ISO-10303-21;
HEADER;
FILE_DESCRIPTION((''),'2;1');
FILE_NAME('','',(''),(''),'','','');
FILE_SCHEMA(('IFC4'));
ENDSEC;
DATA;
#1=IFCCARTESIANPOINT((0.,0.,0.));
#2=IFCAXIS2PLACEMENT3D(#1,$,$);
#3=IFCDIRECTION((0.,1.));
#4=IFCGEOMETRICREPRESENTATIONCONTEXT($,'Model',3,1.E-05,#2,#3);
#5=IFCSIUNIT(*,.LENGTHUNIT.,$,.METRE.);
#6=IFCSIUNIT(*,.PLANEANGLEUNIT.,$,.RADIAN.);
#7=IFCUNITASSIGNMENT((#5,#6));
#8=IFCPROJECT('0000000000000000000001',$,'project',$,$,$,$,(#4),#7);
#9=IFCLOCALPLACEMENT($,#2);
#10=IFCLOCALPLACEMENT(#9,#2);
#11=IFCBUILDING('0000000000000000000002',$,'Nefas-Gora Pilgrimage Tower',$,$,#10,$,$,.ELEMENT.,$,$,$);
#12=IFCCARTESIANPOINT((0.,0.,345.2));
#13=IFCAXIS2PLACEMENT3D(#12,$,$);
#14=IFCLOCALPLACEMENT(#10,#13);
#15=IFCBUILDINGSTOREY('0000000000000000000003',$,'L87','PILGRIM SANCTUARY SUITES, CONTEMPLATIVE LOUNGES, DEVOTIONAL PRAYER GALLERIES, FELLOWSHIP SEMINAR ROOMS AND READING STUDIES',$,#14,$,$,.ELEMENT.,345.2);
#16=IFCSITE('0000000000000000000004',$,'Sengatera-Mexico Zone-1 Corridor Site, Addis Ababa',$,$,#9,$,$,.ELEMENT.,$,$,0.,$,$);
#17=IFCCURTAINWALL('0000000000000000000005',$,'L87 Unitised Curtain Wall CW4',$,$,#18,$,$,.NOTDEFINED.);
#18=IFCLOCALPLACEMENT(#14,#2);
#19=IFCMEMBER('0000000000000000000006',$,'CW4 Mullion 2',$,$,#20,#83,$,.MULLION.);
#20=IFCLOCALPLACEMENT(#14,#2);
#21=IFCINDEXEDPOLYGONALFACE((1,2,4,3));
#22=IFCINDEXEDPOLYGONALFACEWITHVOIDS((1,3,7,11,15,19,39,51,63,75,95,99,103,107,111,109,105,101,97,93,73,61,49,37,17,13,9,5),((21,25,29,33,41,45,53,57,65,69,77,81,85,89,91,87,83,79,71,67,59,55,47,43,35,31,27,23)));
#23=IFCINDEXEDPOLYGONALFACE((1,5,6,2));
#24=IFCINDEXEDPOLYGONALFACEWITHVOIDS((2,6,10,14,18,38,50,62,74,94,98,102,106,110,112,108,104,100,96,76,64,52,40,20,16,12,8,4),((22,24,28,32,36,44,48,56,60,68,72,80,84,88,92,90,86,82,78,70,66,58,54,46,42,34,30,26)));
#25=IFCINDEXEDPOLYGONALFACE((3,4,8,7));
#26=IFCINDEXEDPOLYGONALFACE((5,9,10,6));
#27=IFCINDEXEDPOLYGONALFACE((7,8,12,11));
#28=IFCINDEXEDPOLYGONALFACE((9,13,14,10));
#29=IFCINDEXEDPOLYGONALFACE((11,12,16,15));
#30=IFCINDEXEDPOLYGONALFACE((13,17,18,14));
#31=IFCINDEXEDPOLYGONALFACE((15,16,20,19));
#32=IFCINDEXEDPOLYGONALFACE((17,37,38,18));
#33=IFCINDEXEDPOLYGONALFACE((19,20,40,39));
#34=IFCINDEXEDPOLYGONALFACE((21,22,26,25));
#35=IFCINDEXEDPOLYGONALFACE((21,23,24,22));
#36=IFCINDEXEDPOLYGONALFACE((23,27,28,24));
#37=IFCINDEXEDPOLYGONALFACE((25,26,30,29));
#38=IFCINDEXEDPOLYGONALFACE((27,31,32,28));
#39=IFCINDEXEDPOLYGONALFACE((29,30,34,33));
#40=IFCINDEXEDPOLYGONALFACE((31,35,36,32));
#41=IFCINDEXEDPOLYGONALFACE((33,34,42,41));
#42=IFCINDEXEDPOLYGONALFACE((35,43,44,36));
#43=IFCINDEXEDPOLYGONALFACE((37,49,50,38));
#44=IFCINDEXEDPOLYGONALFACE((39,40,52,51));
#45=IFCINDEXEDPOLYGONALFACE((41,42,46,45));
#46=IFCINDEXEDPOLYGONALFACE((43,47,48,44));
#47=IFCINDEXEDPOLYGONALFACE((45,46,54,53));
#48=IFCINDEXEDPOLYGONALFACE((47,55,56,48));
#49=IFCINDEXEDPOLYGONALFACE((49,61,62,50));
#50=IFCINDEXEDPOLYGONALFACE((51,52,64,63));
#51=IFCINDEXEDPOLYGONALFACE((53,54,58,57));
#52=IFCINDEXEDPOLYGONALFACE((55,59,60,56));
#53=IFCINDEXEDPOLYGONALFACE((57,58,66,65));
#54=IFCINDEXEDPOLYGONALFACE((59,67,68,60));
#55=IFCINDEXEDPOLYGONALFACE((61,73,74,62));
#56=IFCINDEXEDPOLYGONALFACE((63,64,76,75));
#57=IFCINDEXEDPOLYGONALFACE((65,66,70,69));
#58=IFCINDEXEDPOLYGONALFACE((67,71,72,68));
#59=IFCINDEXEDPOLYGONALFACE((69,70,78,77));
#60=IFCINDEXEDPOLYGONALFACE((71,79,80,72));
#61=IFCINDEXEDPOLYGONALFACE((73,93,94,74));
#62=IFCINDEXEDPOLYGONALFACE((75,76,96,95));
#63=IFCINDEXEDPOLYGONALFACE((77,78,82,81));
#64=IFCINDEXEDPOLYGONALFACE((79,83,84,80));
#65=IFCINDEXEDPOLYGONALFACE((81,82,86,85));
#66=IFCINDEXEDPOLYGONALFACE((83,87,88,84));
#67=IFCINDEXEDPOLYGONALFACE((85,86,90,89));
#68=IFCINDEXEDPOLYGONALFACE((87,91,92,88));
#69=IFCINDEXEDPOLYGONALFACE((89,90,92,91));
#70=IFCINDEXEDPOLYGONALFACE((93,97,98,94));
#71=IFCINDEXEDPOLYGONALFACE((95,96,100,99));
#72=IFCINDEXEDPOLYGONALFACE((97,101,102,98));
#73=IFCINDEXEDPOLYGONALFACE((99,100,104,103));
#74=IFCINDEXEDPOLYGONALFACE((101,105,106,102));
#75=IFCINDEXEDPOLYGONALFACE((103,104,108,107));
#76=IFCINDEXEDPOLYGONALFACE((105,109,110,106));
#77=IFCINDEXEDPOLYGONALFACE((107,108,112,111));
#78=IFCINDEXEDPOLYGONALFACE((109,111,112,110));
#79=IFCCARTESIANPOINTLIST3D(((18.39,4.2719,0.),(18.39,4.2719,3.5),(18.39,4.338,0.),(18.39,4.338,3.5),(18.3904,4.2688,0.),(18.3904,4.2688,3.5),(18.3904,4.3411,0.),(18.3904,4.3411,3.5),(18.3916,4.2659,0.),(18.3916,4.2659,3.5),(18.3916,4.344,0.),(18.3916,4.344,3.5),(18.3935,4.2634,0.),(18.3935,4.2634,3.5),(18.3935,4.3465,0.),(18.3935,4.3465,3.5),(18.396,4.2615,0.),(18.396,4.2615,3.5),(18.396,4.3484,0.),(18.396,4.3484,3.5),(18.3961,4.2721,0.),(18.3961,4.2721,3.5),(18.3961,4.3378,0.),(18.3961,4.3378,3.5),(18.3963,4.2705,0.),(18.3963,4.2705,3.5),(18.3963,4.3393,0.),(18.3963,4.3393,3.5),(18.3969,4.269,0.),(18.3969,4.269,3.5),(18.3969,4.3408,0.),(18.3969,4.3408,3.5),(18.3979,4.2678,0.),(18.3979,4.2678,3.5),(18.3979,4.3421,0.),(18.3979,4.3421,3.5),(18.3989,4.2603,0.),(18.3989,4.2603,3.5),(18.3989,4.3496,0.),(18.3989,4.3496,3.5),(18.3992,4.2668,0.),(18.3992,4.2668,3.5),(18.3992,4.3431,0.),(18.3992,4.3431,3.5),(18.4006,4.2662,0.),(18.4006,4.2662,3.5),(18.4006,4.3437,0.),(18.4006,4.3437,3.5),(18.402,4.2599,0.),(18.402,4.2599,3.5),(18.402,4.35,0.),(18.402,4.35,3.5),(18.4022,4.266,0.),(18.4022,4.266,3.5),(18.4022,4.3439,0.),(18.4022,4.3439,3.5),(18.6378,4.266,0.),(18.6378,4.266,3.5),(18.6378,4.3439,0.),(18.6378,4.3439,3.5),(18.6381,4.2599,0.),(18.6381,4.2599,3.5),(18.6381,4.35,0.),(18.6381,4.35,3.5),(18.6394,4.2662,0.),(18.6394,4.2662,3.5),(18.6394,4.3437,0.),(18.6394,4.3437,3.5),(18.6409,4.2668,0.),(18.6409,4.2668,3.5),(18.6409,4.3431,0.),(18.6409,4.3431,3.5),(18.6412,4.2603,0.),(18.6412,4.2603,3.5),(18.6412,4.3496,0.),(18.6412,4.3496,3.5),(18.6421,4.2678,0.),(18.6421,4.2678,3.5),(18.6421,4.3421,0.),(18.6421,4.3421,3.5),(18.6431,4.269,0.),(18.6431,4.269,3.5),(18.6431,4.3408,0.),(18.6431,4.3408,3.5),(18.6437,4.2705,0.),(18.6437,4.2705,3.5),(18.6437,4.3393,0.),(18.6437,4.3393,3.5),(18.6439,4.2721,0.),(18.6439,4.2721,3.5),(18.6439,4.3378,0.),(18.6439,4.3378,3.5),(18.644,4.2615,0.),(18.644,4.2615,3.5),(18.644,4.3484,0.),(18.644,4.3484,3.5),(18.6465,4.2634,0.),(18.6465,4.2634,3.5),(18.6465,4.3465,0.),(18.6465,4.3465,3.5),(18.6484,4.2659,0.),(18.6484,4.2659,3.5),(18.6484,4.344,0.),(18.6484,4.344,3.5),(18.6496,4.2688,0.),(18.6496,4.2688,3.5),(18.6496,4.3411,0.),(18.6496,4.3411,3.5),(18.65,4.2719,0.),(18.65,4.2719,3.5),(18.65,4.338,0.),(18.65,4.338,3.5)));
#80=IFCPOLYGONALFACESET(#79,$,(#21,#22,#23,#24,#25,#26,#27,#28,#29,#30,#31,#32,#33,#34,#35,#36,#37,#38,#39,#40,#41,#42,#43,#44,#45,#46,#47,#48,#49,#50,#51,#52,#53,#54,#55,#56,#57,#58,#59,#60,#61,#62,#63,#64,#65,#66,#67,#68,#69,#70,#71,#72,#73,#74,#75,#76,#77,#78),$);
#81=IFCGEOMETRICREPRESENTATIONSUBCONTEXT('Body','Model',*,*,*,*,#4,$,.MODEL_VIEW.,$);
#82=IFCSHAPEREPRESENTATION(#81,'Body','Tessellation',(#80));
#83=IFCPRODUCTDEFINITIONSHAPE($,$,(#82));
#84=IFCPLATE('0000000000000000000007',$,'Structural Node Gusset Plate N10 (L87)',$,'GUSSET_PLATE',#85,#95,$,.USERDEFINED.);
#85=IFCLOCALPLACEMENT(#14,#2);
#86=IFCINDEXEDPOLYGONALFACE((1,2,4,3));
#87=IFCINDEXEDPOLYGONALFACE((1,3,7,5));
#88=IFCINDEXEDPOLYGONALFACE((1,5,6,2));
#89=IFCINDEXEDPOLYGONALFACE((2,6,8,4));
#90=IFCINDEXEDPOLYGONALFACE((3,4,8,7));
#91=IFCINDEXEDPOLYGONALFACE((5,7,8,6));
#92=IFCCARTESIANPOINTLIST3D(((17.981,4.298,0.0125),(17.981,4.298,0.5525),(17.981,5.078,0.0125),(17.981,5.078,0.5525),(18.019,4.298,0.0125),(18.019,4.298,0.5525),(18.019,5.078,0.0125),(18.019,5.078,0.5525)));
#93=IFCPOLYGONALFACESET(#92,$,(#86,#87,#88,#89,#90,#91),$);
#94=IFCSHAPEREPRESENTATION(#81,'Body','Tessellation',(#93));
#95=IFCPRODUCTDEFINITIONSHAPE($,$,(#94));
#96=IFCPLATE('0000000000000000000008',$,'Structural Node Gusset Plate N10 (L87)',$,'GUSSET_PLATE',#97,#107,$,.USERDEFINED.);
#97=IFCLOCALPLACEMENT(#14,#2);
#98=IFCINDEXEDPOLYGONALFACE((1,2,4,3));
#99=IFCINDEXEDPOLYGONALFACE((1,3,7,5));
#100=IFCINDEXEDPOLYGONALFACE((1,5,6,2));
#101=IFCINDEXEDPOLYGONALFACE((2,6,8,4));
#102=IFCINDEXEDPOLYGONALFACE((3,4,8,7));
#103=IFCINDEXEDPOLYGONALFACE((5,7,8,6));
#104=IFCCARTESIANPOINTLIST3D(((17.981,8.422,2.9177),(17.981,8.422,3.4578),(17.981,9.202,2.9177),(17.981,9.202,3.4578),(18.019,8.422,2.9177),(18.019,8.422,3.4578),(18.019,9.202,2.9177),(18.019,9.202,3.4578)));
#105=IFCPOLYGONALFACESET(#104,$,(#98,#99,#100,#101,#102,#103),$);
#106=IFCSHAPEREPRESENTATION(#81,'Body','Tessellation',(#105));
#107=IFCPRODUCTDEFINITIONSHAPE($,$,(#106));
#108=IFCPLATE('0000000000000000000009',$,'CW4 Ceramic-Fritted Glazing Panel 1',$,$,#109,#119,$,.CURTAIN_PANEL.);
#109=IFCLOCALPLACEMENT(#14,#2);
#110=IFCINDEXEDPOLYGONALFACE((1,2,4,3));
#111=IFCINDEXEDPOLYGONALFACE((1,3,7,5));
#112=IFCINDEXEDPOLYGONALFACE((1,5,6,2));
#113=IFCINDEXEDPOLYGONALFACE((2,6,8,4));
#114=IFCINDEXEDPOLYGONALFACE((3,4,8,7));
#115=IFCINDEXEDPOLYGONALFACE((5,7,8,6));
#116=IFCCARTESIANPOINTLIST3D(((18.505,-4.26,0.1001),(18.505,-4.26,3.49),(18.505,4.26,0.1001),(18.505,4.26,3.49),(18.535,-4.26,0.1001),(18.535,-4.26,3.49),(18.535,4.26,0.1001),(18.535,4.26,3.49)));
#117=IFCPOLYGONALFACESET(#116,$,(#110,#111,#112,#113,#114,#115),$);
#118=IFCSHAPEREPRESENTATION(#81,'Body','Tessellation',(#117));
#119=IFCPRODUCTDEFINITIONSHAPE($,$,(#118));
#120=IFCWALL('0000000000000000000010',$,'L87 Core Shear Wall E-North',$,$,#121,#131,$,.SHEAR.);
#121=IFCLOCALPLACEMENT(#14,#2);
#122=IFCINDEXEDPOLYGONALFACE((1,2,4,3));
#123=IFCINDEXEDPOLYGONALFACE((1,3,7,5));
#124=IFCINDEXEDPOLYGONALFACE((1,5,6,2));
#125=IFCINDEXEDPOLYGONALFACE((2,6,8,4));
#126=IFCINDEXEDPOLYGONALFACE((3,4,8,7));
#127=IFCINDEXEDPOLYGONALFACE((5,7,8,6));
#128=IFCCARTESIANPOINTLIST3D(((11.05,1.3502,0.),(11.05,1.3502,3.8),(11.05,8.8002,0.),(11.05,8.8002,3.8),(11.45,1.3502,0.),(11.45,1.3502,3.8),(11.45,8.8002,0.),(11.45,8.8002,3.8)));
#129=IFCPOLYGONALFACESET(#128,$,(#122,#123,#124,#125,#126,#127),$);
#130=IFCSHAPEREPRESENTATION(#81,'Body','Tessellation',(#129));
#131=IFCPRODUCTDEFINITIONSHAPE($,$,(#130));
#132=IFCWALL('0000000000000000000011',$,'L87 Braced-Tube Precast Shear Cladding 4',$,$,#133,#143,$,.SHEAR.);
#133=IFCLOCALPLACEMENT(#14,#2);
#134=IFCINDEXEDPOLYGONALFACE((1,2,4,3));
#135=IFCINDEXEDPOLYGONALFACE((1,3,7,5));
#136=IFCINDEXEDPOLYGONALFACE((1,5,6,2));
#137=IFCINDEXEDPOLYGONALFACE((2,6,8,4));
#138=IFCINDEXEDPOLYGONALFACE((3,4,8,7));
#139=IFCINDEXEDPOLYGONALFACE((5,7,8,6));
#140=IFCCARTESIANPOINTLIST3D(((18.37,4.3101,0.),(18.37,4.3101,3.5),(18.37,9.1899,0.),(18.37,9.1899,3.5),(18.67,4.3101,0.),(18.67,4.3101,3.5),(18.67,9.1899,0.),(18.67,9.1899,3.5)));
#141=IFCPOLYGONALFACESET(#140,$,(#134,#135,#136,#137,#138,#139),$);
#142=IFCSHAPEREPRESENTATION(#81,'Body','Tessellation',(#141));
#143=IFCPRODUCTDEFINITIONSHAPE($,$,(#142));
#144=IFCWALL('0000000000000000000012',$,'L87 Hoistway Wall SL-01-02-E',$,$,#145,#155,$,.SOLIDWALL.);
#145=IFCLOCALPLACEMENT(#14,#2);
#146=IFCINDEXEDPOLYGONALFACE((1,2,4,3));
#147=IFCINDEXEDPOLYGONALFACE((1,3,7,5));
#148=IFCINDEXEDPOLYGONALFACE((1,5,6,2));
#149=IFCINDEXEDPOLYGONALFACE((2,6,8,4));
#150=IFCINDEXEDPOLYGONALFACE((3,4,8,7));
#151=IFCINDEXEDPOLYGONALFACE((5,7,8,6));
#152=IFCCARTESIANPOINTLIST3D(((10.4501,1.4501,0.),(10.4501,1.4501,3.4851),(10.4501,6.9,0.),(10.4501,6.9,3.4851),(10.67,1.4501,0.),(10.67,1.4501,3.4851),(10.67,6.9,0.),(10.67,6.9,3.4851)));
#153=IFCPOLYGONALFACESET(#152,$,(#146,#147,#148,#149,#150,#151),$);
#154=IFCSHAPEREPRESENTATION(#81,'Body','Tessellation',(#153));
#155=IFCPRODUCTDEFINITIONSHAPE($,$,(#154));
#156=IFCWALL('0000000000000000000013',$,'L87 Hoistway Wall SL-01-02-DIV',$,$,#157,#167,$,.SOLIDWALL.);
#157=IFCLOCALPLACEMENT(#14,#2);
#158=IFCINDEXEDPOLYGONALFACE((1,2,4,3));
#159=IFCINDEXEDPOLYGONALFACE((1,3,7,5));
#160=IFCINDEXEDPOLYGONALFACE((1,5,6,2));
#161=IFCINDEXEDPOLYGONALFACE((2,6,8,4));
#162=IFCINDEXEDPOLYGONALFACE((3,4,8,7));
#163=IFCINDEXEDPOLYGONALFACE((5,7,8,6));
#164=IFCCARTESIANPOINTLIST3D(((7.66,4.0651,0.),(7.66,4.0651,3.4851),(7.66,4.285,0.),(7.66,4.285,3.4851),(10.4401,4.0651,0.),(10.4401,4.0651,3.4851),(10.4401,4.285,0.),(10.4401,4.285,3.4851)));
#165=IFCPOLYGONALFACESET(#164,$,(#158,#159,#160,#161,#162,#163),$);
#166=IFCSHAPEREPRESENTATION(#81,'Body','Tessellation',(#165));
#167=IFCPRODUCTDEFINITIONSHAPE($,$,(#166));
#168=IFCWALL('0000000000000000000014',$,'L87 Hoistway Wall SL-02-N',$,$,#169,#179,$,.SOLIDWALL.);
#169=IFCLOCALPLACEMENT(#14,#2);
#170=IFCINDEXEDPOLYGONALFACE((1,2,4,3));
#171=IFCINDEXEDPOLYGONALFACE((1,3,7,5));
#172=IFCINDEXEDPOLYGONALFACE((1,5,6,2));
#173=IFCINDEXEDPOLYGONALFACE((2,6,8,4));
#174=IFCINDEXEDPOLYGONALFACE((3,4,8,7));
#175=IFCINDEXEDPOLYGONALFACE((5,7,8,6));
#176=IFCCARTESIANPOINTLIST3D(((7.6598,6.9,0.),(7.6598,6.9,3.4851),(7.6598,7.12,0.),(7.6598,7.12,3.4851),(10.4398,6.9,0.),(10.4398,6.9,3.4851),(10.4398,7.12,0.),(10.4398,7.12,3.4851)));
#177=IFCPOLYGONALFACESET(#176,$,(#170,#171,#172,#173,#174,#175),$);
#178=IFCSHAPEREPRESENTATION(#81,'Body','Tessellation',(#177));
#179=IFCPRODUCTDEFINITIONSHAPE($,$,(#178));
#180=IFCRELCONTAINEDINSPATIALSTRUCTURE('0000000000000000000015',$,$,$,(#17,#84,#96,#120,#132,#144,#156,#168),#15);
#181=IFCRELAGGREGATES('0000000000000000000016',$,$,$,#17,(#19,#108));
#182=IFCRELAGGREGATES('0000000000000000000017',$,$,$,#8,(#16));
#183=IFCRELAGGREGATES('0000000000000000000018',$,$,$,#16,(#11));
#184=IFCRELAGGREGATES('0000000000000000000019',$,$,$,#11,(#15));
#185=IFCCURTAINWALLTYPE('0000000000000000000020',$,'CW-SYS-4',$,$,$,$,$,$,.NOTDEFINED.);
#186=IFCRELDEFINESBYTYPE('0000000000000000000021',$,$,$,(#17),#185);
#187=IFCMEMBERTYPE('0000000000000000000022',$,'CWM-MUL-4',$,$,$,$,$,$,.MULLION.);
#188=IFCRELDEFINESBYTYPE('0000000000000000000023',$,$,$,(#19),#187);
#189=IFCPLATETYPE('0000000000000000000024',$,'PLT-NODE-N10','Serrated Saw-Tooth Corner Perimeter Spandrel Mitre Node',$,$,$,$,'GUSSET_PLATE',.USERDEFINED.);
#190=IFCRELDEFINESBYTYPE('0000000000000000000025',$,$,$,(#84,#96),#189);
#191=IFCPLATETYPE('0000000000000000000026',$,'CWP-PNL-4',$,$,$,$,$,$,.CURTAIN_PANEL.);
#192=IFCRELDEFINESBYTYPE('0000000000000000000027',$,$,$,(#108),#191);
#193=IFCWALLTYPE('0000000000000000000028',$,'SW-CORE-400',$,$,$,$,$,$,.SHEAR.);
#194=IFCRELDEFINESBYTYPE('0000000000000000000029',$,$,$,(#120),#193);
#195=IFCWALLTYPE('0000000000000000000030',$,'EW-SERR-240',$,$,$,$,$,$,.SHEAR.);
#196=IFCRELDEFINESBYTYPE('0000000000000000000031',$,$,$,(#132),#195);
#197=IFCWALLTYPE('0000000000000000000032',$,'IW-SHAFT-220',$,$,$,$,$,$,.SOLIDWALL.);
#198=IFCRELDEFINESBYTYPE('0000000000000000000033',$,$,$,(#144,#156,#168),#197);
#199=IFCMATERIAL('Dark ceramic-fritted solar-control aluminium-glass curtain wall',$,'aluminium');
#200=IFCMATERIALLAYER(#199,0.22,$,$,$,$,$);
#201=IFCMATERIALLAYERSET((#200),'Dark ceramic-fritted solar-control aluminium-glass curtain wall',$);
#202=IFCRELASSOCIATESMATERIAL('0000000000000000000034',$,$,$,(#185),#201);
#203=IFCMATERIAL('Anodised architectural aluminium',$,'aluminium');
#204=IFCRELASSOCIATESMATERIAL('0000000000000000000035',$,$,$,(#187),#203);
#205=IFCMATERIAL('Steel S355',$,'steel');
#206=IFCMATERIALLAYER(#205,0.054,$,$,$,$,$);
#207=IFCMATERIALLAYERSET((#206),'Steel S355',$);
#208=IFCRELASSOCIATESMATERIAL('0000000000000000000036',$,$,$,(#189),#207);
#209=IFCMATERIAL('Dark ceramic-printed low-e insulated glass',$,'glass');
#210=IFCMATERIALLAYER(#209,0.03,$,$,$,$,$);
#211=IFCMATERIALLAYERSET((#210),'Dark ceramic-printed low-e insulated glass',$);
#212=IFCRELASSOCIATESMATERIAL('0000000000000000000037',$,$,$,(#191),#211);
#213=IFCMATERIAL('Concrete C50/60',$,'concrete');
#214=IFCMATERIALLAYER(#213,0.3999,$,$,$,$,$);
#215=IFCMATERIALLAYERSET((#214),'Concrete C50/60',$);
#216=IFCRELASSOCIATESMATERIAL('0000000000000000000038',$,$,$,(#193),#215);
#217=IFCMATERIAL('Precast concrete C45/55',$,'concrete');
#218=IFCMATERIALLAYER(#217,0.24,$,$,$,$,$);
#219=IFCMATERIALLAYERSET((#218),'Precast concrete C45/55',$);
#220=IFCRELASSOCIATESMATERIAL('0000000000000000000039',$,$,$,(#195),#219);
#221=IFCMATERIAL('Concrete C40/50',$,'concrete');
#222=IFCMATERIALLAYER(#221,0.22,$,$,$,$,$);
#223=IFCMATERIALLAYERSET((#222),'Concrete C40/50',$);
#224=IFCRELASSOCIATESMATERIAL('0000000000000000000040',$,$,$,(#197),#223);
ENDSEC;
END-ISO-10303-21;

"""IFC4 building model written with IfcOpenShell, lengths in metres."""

from ifc_helpers import new_model, si_unit, direction, frame, frame_2d, origin, origin_2d, place, context, subcontext, project, spatial, rectangle, hollow_rectangle, extrude, source, transform, mapped, material, layer, layer_set, material_profile, profile_set, type_object, element, aggregate, save


model = new_model("IFC4")

# Units and contexts
model_context = context("Model", 3, precision=1e-05, world=origin(), true_north=direction((0.0, 1.0)))
body_context = subcontext(model_context, "Body", "Model", "MODEL_VIEW")
ifc_project = project(units=[si_unit("LENGTHUNIT", "METRE"), si_unit("PLANEANGLEUNIT", "RADIAN")], contexts=[model_context])

# Site, building, storey
site_placement = place(None, origin())
site = spatial("IfcSite", under=ifc_project, at=site_placement, Name="Sengatera-Mexico Zone-1 Corridor Site, Addis Ababa", CompositionType="ELEMENT", RefElevation=0.0)
building_placement = place(site_placement, origin())
building = spatial("IfcBuilding", under=site, at=building_placement, Name="Nefas-Gora Pilgrimage Tower", CompositionType="ELEMENT")
storey_placement = place(building_placement, frame((0.0, 0.0, 345.2)))
storey = spatial("IfcBuildingStorey", under=building, at=storey_placement, Name="L87", Description="PILGRIM SANCTUARY SUITES, CONTEMPLATIVE LOUNGES, DEVOTIONAL PRAYER GALLERIES, FELLOWSHIP SEMINAR ROOMS AND READING STUDIES", CompositionType="ELEMENT", Elevation=345.2)

# Shared definitions
ifc_material_1 = material(Name="Steel S355", Category="steel")

# Curtain wall, member
ifc_material_2 = material(Name="Dark ceramic-fritted solar-control aluminium-glass curtain wall", Category="aluminium")
ifc_layer_1 = layer(ifc_material_2, 0.22)
ifc_layer_set_1 = layer_set([ifc_layer_1], Name="Dark ceramic-fritted solar-control aluminium-glass curtain wall")
curtain_wall_type = type_object("IfcCurtainWallType", Name="CW-SYS-4", PredefinedType="NOTDEFINED", material=ifc_layer_set_1)
curtain_wall_placement = place(storey_placement, origin())
curtain_wall = element("IfcCurtainWall", 1, at=curtain_wall_placement, inside=storey, type_object=curtain_wall_type, Name="L87 Unitised Curtain Wall CW4", PredefinedType="NOTDEFINED")
ifc_material_3 = material(Name="Anodised architectural aluminium", Category="aluminium")
ifc_material_profile_1 = material_profile(ifc_material_3, hollow_rectangle(XDim=0.0901, YDim=0.26, WallThickness=0.0061, InnerFilletRadius=0.0061, OuterFilletRadius=0.012, at=origin_2d()), Name="ALU MULLION 90x260")
ifc_profile_set_1 = profile_set([ifc_material_profile_1], Name="Anodised architectural aluminium")
member_type_1 = type_object("IfcMemberType", Name="CWM-MUL-4", PredefinedType="MULLION", material=ifc_profile_set_1)
shared_shape_1 = source(origin(), body_context, "Body", "SweptSolid", [
    extrude(hollow_rectangle(XDim=0.0901, YDim=0.26, WallThickness=0.0061, InnerFilletRadius=0.0061, OuterFilletRadius=0.012, at=origin_2d()), origin(), (0.0, 0.0, 1.0), 3.5),
])
member_1_placement = place(storey_placement, frame((18.52, 4.3049, 0.0), z_axis=(0.0, 0.0, 1.0), x_axis=(0.0, 1.0, 0.0)))
member_1 = element("IfcMember", 2, at=member_1_placement, type_object=member_type_1, Name="CW4 Mullion 2", PredefinedType="MULLION", context=body_context, shape_type="MappedRepresentation", body=[
    mapped(shared_shape_1, transform((0.0, 0.0, 0.0), x_axis=(1.0, 0.0, 0.0), y_axis=(0.0, 1.0, 0.0), z_axis=(0.0, 0.0, 1.0), scale=1.0)),
])

# Plates
ifc_layer_2 = layer(ifc_material_1, 0.054)
ifc_layer_set_2 = layer_set([ifc_layer_2], Name="Steel S355")
plate_type_1 = type_object("IfcPlateType", Name="PLT-NODE-N10", Description="Serrated Saw-Tooth Corner Perimeter Spandrel Mitre Node", ElementType="GUSSET_PLATE", PredefinedType="USERDEFINED", material=ifc_layer_set_2)
shared_shape_2 = source(origin(), body_context, "Body", "SweptSolid", [
    extrude(rectangle(XDim=0.78, YDim=0.0381, at=origin_2d()), origin(), (0.0, 0.0, 1.0), 0.54),
])
for number, where, z_axis, x_axis, name in (
    (3, (18.0, 4.688, 0.0125), (0.0, 0.0, 1.0), (0.0, 1.0, 0.0), "Structural Node Gusset Plate N10 (L87)"),
    (4, (18.0, 8.812, 2.9177), (0.0, 0.0, 1.0), (0.0, 1.0, 0.0), "Structural Node Gusset Plate N10 (L87)"),
):
    element("IfcPlate", number, at=place(storey_placement, frame(where, z_axis=z_axis, x_axis=x_axis)), inside=storey, type_object=plate_type_1, Name=name, ObjectType="GUSSET_PLATE", PredefinedType="USERDEFINED", context=body_context, shape_type="MappedRepresentation", body=[
        mapped(shared_shape_2, transform((0.0, 0.0, 0.0), x_axis=(1.0, 0.0, 0.0), y_axis=(0.0, 1.0, 0.0), z_axis=(0.0, 0.0, 1.0), scale=1.0)),
    ])

# Plate
ifc_material_4 = material(Name="Dark ceramic-printed low-e insulated glass", Category="glass")
ifc_layer_3 = layer(ifc_material_4, 0.03)
ifc_layer_set_3 = layer_set([ifc_layer_3], Name="Dark ceramic-printed low-e insulated glass")
plate_type_2 = type_object("IfcPlateType", Name="CWP-PNL-4", PredefinedType="CURTAIN_PANEL", material=ifc_layer_set_3)
shared_shape_3 = source(origin(), body_context, "Body", "SweptSolid", [
    extrude(rectangle(XDim=8.52, YDim=0.03, at=origin_2d()), origin(), (0.0, 0.0, 1.0), 3.3899),
])
plate_placement = place(storey_placement, frame((18.52, 0.0, 0.1001), z_axis=(0.0, 0.0, 1.0), x_axis=(0.0, 1.0, 0.0)))
plate = element("IfcPlate", 5, at=plate_placement, type_object=plate_type_2, Name="CW4 Ceramic-Fritted Glazing Panel 1", PredefinedType="CURTAIN_PANEL", context=body_context, shape_type="MappedRepresentation", body=[
    mapped(shared_shape_3, transform((0.0, 0.0, 0.0), x_axis=(1.0, 0.0, 0.0), y_axis=(0.0, 1.0, 0.0), z_axis=(0.0, 0.0, 1.0), scale=1.0)),
])
aggregate(curtain_wall, [member_1, plate])

# Walls
ifc_material_5 = material(Name="Concrete C50/60", Category="concrete")
ifc_layer_4 = layer(ifc_material_5, 0.3999)
ifc_layer_set_4 = layer_set([ifc_layer_4], Name="Concrete C50/60")
wall_type_1 = type_object("IfcWallType", Name="SW-CORE-400", PredefinedType="SHEAR", material=ifc_layer_set_4)
shared_shape_4 = source(origin(), body_context, "Body", "SweptSolid", [
    extrude(rectangle(XDim=7.45, YDim=0.3999, at=frame_2d((3.7251, 0.0))), origin(), (0.0, 0.0, 1.0), 3.8),
])
wall_1_placement = place(storey_placement, frame((11.25, 1.3501, 0.0), z_axis=(0.0, 0.0, 1.0), x_axis=(0.0, 1.0, 0.0)))
element("IfcWall", 6, at=wall_1_placement, inside=storey, type_object=wall_type_1, Name="L87 Core Shear Wall E-North", PredefinedType="SHEAR", context=body_context, shape_type="MappedRepresentation", body=[
    mapped(shared_shape_4, transform((0.0, 0.0, 0.0), x_axis=(1.0, 0.0, 0.0), y_axis=(0.0, 1.0, 0.0), z_axis=(0.0, 0.0, 1.0), scale=1.0)),
])
ifc_material_6 = material(Name="Precast concrete C45/55", Category="concrete")
ifc_layer_5 = layer(ifc_material_6, 0.24)
ifc_layer_set_5 = layer_set([ifc_layer_5], Name="Precast concrete C45/55")
wall_type_2 = type_object("IfcWallType", Name="EW-SERR-240", PredefinedType="SHEAR", material=ifc_layer_set_5)
shared_shape_5 = source(origin(), body_context, "Body", "SweptSolid", [
    extrude(rectangle(XDim=4.8799, YDim=0.3, at=frame_2d((2.4399, 0.0))), origin(), (0.0, 0.0, 1.0), 3.5),
])
wall_2_placement = place(storey_placement, frame((18.52, 4.3101, 0.0), z_axis=(0.0, 0.0, 1.0), x_axis=(0.0, 1.0, 0.0)))
element("IfcWall", 7, at=wall_2_placement, inside=storey, type_object=wall_type_2, Name="L87 Braced-Tube Precast Shear Cladding 4", PredefinedType="SHEAR", context=body_context, shape_type="MappedRepresentation", body=[
    mapped(shared_shape_5, transform((0.0, 0.0, 0.0), x_axis=(1.0, 0.0, 0.0), y_axis=(0.0, 1.0, 0.0), z_axis=(0.0, 0.0, 1.0), scale=1.0)),
])
ifc_material_7 = material(Name="Concrete C40/50", Category="concrete")
ifc_layer_6 = layer(ifc_material_7, 0.22)
ifc_layer_set_6 = layer_set([ifc_layer_6], Name="Concrete C40/50")
wall_type_3 = type_object("IfcWallType", Name="IW-SHAFT-220", PredefinedType="SOLIDWALL", material=ifc_layer_set_6)
shared_shape_6 = source(origin(), body_context, "Body", "SweptSolid", [
    extrude(rectangle(XDim=5.45, YDim=0.22, at=frame_2d((2.7251, 0.0))), origin(), (0.0, 0.0, 1.0), 3.4851),
])
wall_3_placement = place(storey_placement, frame((10.5601, 1.45, 0.0), z_axis=(0.0, 0.0, 1.0), x_axis=(0.0, 1.0, 0.0)))
element("IfcWall", 8, at=wall_3_placement, inside=storey, type_object=wall_type_3, Name="L87 Hoistway Wall SL-01-02-E", PredefinedType="SOLIDWALL", context=body_context, shape_type="MappedRepresentation", body=[
    mapped(shared_shape_6, transform((0.0, 0.0, 0.0), x_axis=(1.0, 0.0, 0.0), y_axis=(0.0, 1.0, 0.0), z_axis=(0.0, 0.0, 1.0), scale=1.0)),
])
shared_shape_7 = source(origin(), body_context, "Body", "SweptSolid", [
    extrude(rectangle(XDim=2.78, YDim=0.22, at=frame_2d((1.3901, 0.0))), origin(), (0.0, 0.0, 1.0), 3.4851),
])
for number, where, z_axis, x_axis, name in (
    (9, (7.6599, 4.175, 0.0), (0.0, 0.0, 1.0), (1.0, 0.0, 0.0), "L87 Hoistway Wall SL-01-02-DIV"),
    (10, (10.4399, 7.01, 0.0), (0.0, 0.0, 1.0), (-1.0, 0.0, 0.0), "L87 Hoistway Wall SL-02-N"),
):
    element("IfcWall", number, at=place(storey_placement, frame(where, z_axis=z_axis, x_axis=x_axis)), inside=storey, type_object=wall_type_3, Name=name, PredefinedType="SOLIDWALL", context=body_context, shape_type="MappedRepresentation", body=[
        mapped(shared_shape_7, transform((0.0, 0.0, 0.0), x_axis=(1.0, 0.0, 0.0), y_axis=(0.0, 1.0, 0.0), z_axis=(0.0, 0.0, 1.0), scale=1.0)),
    ])

save(model, "model.ifc")
